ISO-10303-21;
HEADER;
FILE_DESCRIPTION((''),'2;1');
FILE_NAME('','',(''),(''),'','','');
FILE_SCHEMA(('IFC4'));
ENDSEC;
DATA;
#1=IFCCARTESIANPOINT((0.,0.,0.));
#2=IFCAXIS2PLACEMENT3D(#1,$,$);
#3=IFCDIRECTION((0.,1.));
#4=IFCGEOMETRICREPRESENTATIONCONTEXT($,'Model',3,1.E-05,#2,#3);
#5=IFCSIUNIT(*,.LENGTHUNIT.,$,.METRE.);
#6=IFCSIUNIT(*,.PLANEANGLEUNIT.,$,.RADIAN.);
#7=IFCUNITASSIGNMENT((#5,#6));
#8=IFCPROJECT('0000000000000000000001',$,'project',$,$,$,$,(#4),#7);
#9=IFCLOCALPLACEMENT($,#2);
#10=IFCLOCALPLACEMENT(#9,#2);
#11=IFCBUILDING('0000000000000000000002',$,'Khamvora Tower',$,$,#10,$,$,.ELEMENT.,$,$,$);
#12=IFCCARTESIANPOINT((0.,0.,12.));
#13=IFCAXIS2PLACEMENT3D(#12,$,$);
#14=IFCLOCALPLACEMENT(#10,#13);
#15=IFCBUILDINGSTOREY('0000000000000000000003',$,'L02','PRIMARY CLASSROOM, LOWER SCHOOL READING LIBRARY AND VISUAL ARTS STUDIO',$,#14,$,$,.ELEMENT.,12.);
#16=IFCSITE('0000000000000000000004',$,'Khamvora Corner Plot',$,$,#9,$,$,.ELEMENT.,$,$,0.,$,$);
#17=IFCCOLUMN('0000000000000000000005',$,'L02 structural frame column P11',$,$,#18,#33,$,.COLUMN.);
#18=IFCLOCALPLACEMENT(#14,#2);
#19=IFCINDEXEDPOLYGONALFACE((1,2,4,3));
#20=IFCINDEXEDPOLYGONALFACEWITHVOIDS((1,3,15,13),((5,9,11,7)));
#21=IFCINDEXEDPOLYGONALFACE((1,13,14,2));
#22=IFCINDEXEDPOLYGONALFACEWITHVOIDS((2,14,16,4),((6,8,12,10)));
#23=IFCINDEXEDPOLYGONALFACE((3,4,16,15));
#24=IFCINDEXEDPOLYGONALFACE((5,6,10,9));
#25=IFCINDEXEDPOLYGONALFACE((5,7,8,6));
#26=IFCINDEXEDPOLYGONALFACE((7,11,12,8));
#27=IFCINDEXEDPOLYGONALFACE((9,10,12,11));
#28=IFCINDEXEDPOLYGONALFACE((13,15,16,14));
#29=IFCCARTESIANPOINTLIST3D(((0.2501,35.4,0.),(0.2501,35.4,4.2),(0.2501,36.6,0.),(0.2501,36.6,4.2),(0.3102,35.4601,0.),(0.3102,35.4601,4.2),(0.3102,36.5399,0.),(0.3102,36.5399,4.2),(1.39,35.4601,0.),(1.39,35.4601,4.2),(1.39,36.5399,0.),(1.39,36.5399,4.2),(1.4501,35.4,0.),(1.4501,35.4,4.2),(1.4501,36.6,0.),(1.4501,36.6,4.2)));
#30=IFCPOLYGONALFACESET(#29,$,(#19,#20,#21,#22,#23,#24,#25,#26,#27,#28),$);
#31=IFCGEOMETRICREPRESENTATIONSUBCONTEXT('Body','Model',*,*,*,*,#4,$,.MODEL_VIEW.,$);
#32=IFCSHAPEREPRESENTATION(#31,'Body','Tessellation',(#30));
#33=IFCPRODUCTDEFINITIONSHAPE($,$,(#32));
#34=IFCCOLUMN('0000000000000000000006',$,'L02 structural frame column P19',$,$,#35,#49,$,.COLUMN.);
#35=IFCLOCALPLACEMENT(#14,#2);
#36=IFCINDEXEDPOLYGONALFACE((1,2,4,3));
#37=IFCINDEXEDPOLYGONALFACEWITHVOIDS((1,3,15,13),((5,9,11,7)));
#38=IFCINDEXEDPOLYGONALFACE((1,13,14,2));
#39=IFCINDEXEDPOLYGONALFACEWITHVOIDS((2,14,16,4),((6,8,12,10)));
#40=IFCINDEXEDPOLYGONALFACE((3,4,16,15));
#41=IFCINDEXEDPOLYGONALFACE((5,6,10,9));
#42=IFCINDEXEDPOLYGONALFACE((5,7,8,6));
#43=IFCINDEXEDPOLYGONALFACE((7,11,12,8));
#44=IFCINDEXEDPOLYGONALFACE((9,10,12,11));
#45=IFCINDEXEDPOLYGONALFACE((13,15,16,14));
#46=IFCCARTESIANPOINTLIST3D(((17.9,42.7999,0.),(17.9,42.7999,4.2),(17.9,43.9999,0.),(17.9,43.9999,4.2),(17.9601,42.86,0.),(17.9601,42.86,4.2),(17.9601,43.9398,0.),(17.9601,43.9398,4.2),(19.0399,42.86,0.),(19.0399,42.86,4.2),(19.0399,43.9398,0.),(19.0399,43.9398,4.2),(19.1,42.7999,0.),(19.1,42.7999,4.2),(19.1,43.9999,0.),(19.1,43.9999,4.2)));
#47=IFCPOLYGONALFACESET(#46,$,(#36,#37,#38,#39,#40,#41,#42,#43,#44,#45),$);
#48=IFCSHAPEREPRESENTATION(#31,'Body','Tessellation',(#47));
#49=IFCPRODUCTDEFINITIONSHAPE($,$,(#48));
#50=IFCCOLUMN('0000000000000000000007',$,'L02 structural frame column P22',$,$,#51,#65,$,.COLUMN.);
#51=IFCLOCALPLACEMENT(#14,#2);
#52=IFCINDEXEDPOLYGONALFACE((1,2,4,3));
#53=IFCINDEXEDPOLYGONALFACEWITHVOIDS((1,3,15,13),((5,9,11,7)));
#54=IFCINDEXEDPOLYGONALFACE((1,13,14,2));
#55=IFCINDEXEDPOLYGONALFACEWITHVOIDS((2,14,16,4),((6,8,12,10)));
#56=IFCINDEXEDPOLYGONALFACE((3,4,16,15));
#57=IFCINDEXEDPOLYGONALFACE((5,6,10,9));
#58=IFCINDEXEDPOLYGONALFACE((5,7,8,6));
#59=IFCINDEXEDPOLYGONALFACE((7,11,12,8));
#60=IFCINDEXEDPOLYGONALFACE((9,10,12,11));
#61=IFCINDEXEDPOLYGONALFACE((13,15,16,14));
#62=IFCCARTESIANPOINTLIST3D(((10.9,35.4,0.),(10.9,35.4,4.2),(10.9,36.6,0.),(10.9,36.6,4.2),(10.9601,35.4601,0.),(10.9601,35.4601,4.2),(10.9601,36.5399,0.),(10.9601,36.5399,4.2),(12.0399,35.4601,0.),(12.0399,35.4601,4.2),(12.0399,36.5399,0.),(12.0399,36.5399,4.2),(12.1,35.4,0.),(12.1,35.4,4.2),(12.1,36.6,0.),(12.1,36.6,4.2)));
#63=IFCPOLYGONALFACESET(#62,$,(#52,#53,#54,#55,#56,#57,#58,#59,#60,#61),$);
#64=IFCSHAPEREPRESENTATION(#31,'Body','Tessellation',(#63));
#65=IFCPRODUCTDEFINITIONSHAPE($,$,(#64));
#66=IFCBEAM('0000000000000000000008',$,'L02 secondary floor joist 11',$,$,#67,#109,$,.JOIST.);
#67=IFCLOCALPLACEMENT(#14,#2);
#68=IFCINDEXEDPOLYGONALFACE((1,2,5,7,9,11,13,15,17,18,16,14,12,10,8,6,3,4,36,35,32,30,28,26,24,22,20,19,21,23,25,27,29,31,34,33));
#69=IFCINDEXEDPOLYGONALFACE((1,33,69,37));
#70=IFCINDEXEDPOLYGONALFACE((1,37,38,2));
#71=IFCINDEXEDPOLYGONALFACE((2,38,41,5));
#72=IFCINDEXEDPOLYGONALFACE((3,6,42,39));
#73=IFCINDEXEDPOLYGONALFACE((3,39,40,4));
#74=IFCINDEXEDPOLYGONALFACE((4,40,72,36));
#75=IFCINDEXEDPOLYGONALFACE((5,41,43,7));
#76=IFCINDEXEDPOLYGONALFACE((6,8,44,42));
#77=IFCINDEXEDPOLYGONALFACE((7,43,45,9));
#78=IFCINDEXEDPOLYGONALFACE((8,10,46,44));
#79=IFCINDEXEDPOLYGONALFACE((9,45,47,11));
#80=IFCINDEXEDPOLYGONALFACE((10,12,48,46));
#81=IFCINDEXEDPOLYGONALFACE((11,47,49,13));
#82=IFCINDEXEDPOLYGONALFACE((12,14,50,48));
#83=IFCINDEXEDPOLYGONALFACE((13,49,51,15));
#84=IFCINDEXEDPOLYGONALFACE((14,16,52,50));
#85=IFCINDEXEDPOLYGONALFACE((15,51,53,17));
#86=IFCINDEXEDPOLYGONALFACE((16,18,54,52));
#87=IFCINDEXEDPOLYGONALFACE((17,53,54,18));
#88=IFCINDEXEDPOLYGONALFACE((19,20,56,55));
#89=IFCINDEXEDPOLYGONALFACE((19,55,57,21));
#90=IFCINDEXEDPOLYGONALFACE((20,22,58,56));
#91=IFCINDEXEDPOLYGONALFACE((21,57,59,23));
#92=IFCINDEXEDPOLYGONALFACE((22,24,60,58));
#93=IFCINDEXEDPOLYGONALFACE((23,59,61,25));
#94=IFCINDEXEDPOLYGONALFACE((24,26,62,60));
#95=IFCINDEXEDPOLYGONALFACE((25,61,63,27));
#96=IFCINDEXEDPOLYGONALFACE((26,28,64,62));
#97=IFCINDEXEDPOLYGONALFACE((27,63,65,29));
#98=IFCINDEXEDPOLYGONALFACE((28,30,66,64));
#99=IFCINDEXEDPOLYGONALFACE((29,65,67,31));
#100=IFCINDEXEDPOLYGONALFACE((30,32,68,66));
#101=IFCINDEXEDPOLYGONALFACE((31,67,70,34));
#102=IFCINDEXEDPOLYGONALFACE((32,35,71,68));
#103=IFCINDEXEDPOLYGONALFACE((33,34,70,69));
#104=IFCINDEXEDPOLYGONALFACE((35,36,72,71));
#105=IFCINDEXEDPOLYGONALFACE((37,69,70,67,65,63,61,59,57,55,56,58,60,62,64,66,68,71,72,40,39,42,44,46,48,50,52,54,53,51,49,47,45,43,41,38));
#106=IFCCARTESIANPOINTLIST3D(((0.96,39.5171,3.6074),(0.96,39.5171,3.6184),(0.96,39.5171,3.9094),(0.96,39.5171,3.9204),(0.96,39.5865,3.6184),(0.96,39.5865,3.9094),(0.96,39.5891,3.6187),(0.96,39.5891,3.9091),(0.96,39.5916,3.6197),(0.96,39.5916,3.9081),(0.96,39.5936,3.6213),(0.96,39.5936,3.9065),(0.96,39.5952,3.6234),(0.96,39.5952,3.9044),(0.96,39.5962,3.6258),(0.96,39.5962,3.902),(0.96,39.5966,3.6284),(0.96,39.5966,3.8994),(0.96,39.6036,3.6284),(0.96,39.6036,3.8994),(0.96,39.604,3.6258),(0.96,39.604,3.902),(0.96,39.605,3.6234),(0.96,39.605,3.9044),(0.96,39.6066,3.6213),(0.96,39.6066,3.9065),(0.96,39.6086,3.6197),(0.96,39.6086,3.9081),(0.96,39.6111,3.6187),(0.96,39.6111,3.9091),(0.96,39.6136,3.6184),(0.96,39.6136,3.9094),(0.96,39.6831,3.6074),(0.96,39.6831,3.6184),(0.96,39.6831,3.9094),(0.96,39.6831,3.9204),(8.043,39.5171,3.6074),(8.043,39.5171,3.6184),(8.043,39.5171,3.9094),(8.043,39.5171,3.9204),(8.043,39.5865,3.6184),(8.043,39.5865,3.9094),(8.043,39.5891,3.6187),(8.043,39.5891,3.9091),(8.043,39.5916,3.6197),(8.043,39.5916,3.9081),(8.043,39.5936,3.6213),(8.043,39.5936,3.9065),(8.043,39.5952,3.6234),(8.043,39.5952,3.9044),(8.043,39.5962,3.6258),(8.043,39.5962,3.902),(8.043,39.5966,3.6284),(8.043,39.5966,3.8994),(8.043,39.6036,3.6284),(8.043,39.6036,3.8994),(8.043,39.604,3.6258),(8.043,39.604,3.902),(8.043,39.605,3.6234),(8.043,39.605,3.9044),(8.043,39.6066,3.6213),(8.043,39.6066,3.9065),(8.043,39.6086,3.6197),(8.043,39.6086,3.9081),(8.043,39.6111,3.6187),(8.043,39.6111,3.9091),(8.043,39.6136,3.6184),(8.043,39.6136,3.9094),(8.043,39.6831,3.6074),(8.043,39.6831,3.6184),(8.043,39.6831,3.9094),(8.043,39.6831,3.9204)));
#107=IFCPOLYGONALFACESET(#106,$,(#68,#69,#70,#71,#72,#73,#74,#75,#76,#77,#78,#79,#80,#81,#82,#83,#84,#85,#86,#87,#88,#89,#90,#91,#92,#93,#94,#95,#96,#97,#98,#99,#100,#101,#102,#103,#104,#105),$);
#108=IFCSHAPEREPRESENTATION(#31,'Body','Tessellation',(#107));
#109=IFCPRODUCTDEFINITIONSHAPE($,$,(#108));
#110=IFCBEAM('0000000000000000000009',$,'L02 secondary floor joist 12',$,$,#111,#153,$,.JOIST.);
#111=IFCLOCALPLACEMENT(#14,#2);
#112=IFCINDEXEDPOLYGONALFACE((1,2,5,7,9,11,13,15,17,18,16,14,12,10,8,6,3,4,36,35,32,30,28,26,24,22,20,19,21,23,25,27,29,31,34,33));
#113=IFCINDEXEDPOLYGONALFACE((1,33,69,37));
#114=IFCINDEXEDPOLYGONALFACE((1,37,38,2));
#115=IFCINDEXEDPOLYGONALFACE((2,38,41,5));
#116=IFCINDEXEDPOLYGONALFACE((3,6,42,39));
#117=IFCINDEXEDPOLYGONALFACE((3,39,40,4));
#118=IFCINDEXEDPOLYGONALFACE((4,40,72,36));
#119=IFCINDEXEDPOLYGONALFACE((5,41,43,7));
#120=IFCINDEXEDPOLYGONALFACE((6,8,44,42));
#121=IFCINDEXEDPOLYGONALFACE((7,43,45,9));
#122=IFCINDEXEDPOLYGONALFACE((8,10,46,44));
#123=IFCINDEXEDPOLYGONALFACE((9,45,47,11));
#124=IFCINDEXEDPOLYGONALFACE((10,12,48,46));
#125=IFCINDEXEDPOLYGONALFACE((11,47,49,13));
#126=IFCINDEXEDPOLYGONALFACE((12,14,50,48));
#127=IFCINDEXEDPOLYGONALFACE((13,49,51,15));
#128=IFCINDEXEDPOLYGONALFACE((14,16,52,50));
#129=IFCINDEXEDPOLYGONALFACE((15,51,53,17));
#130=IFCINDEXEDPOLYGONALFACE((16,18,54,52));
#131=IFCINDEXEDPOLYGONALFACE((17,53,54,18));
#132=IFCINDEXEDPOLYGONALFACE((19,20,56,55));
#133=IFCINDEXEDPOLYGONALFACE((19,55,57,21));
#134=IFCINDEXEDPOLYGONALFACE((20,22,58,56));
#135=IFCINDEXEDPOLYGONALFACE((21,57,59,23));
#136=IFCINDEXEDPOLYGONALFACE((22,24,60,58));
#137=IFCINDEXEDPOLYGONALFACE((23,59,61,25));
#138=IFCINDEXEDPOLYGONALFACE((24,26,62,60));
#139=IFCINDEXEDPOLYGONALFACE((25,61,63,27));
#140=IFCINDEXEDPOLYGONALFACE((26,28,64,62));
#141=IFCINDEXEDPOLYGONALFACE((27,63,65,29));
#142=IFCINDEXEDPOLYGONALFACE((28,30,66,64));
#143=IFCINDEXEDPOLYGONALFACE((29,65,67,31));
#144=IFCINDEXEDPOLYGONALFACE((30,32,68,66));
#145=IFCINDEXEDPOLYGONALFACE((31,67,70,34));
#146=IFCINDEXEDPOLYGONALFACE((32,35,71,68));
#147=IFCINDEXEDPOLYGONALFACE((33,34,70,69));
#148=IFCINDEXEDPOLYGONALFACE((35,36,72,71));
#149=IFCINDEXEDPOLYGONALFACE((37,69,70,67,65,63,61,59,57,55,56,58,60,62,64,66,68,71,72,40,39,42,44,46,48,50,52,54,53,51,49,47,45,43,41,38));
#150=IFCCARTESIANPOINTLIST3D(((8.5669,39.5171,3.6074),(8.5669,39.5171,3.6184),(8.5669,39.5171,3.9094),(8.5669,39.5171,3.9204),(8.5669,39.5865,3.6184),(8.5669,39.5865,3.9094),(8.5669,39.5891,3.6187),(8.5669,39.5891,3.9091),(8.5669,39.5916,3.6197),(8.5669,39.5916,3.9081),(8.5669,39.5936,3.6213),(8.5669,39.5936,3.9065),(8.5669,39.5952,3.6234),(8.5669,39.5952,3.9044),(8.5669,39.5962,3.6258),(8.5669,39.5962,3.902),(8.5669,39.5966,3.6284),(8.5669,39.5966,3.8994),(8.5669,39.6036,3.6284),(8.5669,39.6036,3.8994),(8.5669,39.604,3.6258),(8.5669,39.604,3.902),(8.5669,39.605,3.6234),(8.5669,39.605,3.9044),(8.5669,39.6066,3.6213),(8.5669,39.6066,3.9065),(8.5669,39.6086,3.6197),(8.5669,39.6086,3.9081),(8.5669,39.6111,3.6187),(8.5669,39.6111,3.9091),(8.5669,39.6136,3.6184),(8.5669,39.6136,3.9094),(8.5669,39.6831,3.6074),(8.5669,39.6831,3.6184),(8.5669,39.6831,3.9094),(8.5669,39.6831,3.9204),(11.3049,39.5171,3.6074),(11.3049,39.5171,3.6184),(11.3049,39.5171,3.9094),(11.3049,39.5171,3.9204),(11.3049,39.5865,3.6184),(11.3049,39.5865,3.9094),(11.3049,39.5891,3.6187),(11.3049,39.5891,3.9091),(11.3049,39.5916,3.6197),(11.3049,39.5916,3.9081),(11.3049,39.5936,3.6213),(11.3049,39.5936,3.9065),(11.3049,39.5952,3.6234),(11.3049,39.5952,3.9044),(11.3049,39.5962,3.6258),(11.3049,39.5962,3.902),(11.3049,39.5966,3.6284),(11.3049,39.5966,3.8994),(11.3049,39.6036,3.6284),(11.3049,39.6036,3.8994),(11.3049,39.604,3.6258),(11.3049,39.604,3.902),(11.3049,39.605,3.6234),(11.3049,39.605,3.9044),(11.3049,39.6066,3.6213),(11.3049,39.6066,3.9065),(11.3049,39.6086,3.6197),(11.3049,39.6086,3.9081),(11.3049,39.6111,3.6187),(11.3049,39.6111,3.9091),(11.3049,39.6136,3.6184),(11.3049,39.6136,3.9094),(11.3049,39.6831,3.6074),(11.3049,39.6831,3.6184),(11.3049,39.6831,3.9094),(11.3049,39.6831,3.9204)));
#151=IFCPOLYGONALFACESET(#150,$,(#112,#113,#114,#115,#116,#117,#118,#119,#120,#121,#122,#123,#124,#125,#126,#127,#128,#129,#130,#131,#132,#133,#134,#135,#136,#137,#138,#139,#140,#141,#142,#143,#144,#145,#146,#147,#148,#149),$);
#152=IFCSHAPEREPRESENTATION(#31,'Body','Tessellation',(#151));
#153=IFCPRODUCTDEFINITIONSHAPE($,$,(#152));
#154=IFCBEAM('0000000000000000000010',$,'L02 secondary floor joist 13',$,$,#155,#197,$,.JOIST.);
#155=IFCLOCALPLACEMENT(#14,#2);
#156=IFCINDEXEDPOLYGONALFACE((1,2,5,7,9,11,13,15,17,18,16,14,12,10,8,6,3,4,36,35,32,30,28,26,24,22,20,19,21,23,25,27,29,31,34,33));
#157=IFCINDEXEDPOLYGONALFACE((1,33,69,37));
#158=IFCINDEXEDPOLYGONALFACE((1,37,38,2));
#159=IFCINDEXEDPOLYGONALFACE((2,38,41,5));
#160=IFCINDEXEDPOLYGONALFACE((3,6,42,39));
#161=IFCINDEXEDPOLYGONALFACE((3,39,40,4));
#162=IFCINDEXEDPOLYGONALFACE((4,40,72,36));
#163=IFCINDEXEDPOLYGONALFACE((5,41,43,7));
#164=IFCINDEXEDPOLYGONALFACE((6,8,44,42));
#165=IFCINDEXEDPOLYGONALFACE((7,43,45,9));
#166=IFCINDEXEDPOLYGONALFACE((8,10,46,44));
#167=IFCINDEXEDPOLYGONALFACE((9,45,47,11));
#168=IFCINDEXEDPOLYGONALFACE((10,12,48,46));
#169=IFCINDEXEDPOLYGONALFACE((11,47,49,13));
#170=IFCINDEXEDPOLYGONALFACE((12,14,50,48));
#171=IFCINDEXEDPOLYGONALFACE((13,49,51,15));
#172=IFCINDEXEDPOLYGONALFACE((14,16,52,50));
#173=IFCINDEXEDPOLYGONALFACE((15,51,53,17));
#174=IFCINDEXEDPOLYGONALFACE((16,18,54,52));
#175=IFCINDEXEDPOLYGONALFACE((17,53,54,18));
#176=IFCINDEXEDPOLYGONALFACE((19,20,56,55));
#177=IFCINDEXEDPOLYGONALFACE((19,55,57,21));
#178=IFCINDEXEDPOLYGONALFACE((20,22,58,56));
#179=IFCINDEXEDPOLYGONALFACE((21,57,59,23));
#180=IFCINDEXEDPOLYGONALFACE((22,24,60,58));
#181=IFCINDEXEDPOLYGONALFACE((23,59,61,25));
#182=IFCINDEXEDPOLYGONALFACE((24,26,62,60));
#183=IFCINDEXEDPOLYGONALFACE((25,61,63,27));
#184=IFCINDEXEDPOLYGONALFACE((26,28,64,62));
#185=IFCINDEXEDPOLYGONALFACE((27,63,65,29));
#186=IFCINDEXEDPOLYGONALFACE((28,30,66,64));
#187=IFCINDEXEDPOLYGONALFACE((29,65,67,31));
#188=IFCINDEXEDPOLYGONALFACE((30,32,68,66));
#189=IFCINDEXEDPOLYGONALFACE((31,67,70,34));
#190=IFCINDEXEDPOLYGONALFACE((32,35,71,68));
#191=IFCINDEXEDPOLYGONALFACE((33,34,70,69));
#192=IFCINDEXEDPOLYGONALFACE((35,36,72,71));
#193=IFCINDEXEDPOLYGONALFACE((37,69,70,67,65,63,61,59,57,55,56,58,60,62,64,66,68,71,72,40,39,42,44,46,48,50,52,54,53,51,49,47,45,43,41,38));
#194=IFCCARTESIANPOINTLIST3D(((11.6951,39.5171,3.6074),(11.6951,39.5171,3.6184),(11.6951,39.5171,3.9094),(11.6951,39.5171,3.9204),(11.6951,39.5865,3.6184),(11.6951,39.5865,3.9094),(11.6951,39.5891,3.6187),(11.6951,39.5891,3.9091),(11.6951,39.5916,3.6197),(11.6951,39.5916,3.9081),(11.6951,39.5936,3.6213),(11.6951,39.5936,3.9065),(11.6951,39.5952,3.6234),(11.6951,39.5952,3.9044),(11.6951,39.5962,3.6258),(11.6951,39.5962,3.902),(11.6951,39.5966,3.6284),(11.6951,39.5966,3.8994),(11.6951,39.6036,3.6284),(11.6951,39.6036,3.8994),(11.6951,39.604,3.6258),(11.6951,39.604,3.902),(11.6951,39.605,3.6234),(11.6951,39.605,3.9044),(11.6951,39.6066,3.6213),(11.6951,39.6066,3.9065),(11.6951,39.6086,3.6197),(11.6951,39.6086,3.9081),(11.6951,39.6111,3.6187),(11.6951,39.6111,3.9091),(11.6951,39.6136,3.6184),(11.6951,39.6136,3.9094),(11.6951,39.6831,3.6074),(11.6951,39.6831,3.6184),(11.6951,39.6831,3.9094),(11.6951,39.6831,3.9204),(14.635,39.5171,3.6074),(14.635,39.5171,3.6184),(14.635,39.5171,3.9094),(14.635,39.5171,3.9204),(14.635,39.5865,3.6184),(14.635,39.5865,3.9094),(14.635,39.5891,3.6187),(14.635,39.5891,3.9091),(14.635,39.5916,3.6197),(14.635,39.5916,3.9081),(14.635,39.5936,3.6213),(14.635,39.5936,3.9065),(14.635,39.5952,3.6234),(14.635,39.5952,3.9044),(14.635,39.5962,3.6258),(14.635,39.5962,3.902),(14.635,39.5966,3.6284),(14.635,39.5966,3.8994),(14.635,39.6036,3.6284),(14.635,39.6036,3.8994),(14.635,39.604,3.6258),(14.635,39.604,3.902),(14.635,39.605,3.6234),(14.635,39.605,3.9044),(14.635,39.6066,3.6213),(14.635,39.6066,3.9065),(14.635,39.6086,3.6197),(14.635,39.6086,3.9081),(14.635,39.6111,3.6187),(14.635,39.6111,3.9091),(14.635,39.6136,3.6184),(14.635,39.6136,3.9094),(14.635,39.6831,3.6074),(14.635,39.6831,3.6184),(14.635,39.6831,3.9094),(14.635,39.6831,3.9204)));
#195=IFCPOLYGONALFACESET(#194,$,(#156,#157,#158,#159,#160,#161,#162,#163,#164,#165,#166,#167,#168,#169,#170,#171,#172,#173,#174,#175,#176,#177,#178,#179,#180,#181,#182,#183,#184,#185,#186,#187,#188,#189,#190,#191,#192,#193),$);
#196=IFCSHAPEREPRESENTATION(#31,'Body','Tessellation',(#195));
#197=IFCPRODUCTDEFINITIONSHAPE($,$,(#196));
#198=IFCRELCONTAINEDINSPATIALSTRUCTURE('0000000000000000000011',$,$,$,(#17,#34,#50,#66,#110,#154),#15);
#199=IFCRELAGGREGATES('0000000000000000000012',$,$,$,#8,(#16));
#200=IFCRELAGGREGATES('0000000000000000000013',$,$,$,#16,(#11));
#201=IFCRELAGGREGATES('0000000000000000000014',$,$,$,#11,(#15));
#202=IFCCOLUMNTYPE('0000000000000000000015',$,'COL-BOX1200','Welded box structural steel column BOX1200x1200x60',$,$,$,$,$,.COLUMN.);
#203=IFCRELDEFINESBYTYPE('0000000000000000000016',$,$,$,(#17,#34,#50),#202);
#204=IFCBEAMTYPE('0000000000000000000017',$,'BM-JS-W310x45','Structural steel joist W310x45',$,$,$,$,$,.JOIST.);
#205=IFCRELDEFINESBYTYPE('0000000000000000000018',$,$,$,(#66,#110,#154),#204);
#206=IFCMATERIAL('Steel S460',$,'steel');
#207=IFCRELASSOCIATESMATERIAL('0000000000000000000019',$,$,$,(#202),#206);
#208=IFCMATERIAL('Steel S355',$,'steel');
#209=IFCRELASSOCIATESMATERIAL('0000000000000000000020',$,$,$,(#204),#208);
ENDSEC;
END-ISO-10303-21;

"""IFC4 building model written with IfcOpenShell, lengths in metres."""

from ifc_helpers import new_model, si_unit, direction, frame, origin, origin_2d, place, context, subcontext, project, spatial, hollow_rectangle, i_section, extrude, material, material_profile, profile_set, type_object, element, save


model = new_model("IFC4")

# Units and contexts
model_context = context("Model", 3, precision=1e-05, world=origin(), true_north=direction((0.0, 1.0)))
body_context = subcontext(model_context, "Body", "Model", "MODEL_VIEW")
ifc_project = project(units=[si_unit("LENGTHUNIT", "METRE"), si_unit("PLANEANGLEUNIT", "RADIAN")], contexts=[model_context])

# Site, building, storey
site_placement = place(None, origin())
site = spatial("IfcSite", under=ifc_project, at=site_placement, Name="Khamvora Corner Plot", CompositionType="ELEMENT", RefElevation=0.0)
building_placement = place(site_placement, origin())
building = spatial("IfcBuilding", under=site, at=building_placement, Name="Khamvora Tower", CompositionType="ELEMENT")
storey_placement = place(building_placement, frame((0.0, 0.0, 12.0)))
storey = spatial("IfcBuildingStorey", under=building, at=storey_placement, Name="L02", Description="PRIMARY CLASSROOM, LOWER SCHOOL READING LIBRARY AND VISUAL ARTS STUDIO", CompositionType="ELEMENT", Elevation=12.0)

# Columns
ifc_material_1 = material(Name="Steel S460", Category="steel")
ifc_material_profile_1 = material_profile(ifc_material_1, hollow_rectangle(XDim=1.2, YDim=1.2, WallThickness=0.0601, at=origin_2d()), Name="BOX1200x1200x60")
ifc_profile_set_1 = profile_set([ifc_material_profile_1], Name="Steel S460")
column_type = type_object("IfcColumnType", Name="COL-BOX1200", Description="Welded box structural steel column BOX1200x1200x60", PredefinedType="COLUMN", material=ifc_profile_set_1)
for number, where, z_axis, x_axis, name in (
    (1, (0.8501, 36.0, 0.0), (0.0, 0.0, 1.0), (1.0, 0.0, 0.0), "L02 structural frame column P11"),
    (2, (18.5, 43.3999, 0.0), (0.0, 0.0, 1.0), (1.0, 0.0, 0.0), "L02 structural frame column P19"),
    (3, (11.5, 36.0, 0.0), (0.0, 0.0, 1.0), (1.0, 0.0, 0.0), "L02 structural frame column P22"),
):
    element("IfcColumn", number, at=place(storey_placement, frame(where, z_axis=z_axis, x_axis=x_axis)), inside=storey, type_object=column_type, Name=name, PredefinedType="COLUMN", context=body_context, shape_type="SweptSolid", body=[
        extrude(hollow_rectangle(XDim=1.2, YDim=1.2, WallThickness=0.0601, at=origin_2d()), origin(), (0.0, 0.0, 1.0), 4.2),
    ])

# Beams
ifc_material_2 = material(Name="Steel S355", Category="steel")
ifc_material_profile_2 = material_profile(ifc_material_2, i_section(OverallWidth=0.166, OverallDepth=0.313, WebThickness=0.0071, FlangeThickness=0.011, FilletRadius=0.01, at=origin_2d()), Name="W310x45")
ifc_profile_set_2 = profile_set([ifc_material_profile_2], Name="Steel S355")
beam_type_1 = type_object("IfcBeamType", Name="BM-JS-W310x45", Description="Structural steel joist W310x45", PredefinedType="JOIST", material=ifc_profile_set_2)
beam_1_placement = place(storey_placement, frame((0.96, 39.6001, 3.7639), z_axis=(1.0, 0.0, 0.0), x_axis=(0.0, 1.0, 0.0)))
element("IfcBeam", 4, at=beam_1_placement, inside=storey, type_object=beam_type_1, Name="L02 secondary floor joist 11", PredefinedType="JOIST", context=body_context, shape_type="SweptSolid", body=[
    extrude(i_section(OverallWidth=0.166, OverallDepth=0.313, WebThickness=0.0071, FlangeThickness=0.011, FilletRadius=0.01, at=origin_2d()), origin(), (0.0, 0.0, 1.0), 7.083),
])
beam_2_placement = place(storey_placement, frame((8.5669, 39.6001, 3.7639), z_axis=(1.0, 0.0, 0.0), x_axis=(0.0, 1.0, 0.0)))
element("IfcBeam", 5, at=beam_2_placement, inside=storey, type_object=beam_type_1, Name="L02 secondary floor joist 12", PredefinedType="JOIST", context=body_context, shape_type="SweptSolid", body=[
    extrude(i_section(OverallWidth=0.166, OverallDepth=0.313, WebThickness=0.0071, FlangeThickness=0.011, FilletRadius=0.01, at=origin_2d()), origin(), (0.0, 0.0, 1.0), 2.738),
])
beam_3_placement = place(storey_placement, frame((11.6951, 39.6001, 3.7639), z_axis=(1.0, 0.0, 0.0), x_axis=(0.0, 1.0, 0.0)))
element("IfcBeam", 6, at=beam_3_placement, inside=storey, type_object=beam_type_1, Name="L02 secondary floor joist 13", PredefinedType="JOIST", context=body_context, shape_type="SweptSolid", body=[
    extrude(i_section(OverallWidth=0.166, OverallDepth=0.313, WebThickness=0.0071, FlangeThickness=0.011, FilletRadius=0.01, at=origin_2d()), origin(), (0.0, 0.0, 1.0), 2.9399),
])

save(model, "model.ifc")
